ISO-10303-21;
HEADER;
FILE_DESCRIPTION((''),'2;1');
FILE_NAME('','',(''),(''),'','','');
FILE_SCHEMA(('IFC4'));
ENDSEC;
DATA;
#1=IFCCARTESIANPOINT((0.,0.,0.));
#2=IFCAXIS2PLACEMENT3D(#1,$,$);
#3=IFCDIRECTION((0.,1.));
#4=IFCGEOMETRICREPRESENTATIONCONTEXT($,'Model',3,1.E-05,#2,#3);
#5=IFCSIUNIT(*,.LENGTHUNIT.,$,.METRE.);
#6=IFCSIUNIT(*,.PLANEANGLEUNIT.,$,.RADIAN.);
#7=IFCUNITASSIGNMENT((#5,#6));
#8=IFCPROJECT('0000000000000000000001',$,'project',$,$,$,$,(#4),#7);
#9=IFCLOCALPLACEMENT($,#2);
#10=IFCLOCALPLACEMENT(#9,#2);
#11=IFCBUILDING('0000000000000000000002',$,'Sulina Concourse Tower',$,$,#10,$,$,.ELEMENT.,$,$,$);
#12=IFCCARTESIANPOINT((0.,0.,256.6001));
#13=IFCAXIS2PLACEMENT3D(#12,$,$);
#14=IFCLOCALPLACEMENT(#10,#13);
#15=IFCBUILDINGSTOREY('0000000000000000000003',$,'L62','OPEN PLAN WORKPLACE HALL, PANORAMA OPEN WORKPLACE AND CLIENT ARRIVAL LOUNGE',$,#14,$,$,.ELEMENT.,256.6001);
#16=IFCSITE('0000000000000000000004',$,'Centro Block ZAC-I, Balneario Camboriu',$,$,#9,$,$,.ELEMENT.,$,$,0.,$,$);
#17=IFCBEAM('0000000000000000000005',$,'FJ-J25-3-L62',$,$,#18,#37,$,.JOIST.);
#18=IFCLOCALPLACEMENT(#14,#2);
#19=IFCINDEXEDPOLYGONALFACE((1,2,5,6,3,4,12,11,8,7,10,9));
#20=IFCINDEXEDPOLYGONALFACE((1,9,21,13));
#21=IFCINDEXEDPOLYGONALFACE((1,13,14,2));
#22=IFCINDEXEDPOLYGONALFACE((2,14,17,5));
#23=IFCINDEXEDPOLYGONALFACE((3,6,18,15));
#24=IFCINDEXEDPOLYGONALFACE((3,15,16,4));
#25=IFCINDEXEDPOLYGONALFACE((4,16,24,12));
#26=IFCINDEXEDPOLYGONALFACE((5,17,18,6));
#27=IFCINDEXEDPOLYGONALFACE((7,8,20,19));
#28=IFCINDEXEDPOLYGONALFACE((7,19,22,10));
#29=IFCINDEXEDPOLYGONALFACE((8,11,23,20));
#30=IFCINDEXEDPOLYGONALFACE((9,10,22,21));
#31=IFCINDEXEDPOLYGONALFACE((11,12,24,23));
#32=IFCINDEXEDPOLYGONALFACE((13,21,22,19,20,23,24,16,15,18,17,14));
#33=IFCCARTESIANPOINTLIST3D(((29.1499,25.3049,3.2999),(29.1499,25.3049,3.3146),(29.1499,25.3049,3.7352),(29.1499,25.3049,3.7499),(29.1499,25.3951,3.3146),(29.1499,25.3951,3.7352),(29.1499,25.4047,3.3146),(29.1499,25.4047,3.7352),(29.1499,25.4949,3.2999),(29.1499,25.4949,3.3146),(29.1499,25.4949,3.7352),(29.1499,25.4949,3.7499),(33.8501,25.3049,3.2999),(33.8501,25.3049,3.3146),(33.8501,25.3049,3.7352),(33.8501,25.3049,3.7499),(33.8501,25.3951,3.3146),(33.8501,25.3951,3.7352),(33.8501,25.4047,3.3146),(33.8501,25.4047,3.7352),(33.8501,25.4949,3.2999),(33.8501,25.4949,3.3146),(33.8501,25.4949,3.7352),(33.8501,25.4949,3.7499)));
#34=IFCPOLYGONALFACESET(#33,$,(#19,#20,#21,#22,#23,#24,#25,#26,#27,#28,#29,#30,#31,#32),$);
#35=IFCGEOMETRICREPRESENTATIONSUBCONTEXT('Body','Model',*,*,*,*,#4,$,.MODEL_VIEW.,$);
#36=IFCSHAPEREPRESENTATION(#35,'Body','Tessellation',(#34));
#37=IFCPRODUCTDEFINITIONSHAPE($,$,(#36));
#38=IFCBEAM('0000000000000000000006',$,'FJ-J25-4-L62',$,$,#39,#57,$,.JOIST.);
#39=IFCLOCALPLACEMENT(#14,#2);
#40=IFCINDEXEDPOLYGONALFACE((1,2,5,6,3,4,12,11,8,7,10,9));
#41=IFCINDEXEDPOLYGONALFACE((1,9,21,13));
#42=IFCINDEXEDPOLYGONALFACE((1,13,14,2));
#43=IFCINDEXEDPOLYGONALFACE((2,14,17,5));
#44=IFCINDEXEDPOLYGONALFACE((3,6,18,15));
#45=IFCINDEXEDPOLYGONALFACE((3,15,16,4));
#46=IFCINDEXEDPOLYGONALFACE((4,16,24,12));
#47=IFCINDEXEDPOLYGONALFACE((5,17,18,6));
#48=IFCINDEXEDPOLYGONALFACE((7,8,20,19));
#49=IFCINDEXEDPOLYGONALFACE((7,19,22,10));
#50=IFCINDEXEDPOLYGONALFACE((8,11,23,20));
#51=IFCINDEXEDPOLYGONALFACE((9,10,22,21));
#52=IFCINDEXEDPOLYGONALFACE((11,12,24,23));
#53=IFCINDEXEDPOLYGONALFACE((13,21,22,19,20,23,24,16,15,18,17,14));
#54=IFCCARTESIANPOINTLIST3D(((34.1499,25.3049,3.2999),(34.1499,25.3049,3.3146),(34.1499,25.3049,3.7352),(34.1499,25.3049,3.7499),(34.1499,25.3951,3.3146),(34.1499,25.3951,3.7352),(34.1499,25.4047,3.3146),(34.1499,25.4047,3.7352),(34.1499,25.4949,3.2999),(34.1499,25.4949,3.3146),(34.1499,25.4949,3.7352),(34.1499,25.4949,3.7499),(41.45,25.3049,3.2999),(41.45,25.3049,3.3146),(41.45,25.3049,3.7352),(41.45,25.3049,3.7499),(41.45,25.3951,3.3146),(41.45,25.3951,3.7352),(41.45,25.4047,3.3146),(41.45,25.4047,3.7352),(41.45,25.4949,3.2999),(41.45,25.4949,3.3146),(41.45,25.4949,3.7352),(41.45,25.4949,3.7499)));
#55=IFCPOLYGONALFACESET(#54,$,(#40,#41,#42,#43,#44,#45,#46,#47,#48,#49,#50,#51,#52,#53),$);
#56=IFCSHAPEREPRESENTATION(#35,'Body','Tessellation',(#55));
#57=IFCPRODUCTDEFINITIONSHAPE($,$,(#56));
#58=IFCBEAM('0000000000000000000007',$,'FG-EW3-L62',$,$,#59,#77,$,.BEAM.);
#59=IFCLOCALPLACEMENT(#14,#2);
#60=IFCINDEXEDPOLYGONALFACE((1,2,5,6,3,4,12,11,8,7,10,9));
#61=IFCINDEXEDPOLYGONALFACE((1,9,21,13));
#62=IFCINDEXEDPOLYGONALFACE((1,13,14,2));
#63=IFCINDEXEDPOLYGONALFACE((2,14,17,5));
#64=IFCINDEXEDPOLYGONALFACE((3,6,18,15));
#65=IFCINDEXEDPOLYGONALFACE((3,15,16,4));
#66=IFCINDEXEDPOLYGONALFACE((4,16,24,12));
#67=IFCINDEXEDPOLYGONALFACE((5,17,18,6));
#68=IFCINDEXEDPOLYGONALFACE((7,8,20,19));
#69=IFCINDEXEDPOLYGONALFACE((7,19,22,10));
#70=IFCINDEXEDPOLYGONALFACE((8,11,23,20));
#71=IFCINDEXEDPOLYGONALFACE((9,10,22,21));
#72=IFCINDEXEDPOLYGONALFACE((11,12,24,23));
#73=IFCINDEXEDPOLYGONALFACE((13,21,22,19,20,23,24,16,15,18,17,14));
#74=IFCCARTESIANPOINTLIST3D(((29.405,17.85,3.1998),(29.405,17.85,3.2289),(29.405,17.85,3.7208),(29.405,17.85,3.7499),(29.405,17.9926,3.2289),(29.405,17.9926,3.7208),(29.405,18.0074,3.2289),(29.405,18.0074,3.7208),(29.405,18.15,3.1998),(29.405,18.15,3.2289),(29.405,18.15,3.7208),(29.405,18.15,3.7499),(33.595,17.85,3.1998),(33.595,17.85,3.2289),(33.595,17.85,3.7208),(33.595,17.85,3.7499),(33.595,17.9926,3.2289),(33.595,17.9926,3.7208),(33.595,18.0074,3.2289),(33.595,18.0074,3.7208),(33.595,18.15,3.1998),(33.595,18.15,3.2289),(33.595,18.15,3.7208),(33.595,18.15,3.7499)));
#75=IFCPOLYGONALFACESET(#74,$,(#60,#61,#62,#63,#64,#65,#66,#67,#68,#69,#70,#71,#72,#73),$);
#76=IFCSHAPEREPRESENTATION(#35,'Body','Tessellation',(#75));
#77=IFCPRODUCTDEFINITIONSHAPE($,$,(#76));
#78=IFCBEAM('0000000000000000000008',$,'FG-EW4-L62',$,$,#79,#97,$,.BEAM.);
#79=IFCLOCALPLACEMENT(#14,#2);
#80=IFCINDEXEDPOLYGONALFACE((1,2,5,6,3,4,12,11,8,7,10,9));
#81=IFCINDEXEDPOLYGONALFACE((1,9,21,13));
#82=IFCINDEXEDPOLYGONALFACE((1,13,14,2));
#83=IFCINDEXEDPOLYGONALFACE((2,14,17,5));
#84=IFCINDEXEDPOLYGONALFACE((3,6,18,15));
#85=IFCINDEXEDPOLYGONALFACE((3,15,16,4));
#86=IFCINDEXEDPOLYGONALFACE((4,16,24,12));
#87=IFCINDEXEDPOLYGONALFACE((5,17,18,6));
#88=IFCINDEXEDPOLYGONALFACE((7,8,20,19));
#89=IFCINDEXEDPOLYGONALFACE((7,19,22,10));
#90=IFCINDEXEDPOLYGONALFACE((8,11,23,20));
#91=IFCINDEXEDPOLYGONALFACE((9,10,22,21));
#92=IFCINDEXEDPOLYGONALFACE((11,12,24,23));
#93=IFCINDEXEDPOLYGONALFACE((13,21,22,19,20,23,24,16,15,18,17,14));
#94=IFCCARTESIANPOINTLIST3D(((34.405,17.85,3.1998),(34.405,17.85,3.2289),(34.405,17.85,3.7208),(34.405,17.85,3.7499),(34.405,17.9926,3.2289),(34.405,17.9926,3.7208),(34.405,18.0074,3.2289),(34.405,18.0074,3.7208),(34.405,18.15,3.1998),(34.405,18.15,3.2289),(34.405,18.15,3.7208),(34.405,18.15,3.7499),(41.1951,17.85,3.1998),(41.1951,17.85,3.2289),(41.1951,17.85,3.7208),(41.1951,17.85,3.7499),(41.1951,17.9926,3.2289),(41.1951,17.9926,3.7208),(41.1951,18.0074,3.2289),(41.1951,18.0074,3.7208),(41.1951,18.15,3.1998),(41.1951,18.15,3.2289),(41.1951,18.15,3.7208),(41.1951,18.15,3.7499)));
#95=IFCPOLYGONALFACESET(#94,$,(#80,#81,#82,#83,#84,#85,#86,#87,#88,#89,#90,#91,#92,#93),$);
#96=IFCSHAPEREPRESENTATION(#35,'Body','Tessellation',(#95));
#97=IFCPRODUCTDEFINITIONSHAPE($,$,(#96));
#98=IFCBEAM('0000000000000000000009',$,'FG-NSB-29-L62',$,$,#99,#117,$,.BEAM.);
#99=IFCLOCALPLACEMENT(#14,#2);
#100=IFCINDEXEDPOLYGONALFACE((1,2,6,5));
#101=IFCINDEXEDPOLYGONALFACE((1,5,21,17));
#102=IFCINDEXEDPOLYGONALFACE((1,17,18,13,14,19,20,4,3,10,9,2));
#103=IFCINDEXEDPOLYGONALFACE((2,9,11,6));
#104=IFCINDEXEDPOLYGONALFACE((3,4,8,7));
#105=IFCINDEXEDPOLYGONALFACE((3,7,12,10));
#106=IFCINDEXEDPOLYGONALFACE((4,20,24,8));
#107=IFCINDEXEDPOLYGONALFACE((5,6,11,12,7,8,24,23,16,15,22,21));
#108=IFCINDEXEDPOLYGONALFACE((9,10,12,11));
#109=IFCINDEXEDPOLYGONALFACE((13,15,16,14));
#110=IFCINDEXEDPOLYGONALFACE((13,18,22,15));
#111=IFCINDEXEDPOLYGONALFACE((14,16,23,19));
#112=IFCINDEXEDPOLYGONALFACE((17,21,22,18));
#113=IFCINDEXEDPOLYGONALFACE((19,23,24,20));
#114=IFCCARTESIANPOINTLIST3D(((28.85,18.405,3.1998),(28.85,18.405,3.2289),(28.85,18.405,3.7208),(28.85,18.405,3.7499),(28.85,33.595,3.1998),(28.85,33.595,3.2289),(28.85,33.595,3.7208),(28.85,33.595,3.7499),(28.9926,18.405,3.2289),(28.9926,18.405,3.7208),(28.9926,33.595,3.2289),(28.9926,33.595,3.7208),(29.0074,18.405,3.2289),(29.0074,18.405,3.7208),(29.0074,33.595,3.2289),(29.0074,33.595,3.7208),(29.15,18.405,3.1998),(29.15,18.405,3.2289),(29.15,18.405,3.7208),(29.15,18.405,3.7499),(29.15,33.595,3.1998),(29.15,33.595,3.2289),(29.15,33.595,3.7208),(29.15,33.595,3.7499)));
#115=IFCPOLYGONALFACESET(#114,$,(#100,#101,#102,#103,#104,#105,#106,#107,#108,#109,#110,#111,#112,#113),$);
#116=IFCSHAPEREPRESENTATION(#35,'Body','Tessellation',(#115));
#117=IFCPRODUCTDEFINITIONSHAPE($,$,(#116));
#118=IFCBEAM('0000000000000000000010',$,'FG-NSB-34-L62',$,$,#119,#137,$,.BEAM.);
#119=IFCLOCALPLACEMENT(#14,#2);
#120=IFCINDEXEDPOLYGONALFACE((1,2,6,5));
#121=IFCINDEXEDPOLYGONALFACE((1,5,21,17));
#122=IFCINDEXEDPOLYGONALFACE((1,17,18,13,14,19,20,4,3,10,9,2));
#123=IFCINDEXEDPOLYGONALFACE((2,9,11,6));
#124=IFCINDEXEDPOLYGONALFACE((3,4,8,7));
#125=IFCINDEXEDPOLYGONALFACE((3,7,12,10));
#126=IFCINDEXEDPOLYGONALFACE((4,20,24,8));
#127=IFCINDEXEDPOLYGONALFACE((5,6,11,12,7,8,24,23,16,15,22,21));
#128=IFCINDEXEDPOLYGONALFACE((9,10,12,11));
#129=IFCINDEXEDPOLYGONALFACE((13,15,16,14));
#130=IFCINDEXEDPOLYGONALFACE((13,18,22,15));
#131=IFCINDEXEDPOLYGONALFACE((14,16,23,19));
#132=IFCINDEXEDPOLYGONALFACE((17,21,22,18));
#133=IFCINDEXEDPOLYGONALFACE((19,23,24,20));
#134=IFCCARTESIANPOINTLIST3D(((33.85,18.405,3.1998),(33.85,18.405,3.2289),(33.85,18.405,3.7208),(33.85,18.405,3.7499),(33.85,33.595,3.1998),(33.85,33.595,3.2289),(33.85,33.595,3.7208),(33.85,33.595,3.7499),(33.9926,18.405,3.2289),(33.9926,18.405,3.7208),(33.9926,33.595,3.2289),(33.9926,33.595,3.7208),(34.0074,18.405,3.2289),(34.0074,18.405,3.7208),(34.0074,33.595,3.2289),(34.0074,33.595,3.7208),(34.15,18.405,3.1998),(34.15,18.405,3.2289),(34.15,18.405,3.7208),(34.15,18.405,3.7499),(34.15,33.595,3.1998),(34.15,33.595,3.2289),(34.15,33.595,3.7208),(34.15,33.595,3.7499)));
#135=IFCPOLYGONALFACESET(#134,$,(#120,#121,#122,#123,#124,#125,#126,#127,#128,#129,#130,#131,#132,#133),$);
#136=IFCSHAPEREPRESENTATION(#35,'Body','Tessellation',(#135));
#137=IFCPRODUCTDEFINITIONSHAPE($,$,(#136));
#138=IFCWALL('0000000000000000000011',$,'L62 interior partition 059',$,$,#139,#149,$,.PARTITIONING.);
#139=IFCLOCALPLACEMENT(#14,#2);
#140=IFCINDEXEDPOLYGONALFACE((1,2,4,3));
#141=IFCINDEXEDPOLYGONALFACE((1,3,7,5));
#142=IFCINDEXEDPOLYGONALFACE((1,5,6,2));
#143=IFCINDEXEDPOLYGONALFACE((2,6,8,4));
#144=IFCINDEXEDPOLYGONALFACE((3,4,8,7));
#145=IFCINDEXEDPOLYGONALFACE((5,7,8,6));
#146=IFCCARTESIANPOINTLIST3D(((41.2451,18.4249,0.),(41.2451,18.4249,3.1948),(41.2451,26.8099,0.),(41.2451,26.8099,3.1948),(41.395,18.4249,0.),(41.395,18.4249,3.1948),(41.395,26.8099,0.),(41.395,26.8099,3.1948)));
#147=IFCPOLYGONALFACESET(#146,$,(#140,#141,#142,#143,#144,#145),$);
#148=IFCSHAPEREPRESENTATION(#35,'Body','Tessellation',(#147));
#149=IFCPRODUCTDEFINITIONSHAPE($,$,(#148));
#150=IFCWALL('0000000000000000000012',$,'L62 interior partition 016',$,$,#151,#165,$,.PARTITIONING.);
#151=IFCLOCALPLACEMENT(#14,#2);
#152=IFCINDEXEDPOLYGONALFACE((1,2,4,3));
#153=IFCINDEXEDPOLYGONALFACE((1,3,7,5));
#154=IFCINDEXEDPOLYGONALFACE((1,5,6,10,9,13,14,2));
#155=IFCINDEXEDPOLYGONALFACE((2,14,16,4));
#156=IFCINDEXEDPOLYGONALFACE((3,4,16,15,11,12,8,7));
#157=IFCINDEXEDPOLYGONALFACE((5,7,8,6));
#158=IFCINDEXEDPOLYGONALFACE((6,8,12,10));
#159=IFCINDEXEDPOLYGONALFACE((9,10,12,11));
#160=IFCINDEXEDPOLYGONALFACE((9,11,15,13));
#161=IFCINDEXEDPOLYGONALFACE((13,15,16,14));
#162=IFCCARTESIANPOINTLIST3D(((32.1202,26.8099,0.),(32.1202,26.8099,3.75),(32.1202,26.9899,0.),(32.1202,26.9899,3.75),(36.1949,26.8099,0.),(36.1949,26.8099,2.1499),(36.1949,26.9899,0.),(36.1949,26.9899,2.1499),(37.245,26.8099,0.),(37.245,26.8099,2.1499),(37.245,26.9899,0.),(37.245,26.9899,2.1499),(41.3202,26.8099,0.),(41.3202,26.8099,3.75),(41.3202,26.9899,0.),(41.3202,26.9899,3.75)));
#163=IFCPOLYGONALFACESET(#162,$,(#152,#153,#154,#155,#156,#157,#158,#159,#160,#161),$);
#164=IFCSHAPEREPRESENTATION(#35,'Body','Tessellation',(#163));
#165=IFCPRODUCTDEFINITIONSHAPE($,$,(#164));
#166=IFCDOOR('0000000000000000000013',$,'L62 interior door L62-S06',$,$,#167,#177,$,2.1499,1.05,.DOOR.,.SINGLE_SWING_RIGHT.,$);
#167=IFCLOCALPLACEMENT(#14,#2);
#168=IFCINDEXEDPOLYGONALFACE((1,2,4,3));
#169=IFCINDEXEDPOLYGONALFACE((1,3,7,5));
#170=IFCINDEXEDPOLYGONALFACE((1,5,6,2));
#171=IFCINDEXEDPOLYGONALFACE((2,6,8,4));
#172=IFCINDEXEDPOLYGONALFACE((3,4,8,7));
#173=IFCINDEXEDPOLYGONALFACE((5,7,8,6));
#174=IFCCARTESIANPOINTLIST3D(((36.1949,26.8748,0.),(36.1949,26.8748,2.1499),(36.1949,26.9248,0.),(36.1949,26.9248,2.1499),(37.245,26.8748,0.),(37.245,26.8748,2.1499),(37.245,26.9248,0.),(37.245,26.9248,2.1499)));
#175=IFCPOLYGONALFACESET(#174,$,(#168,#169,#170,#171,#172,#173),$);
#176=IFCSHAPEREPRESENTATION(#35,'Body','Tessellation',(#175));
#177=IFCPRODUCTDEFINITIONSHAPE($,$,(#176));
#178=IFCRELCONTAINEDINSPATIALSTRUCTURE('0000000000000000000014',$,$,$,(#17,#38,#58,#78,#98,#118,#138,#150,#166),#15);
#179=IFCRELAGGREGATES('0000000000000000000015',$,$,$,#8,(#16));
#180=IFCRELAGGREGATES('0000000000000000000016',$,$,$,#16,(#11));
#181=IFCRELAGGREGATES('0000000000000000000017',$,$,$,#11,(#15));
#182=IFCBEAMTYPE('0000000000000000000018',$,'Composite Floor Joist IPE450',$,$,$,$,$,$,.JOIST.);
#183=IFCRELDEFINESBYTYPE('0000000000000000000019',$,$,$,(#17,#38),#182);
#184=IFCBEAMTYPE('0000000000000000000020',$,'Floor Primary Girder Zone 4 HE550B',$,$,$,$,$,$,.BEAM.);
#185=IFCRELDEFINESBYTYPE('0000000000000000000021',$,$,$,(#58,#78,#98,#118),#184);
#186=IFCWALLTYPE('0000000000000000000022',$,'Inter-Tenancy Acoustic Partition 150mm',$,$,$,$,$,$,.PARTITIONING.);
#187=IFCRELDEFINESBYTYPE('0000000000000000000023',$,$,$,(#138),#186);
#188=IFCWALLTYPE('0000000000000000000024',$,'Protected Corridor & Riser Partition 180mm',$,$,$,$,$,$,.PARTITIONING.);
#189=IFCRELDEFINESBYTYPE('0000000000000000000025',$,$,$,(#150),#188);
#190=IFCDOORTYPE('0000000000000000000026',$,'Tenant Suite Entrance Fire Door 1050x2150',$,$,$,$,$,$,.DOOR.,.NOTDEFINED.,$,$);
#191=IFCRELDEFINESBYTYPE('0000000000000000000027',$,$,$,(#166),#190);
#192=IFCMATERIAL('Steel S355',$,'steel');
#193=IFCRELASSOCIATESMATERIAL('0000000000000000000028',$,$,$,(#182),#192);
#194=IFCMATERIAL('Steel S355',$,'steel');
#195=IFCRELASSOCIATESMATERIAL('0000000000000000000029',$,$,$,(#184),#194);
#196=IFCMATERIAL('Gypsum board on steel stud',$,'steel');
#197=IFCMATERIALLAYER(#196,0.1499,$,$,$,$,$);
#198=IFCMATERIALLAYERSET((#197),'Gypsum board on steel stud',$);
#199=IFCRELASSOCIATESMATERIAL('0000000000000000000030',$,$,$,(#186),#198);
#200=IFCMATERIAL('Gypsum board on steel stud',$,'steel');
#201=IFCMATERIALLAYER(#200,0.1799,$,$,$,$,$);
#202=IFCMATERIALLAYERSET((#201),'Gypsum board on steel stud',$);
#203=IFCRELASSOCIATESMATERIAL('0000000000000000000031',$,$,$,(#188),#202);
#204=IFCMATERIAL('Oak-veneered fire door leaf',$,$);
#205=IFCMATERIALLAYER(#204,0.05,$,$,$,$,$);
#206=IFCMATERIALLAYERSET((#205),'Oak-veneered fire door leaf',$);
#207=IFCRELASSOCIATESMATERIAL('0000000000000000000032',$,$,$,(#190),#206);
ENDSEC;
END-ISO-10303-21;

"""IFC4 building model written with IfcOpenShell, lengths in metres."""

from ifc_helpers import new_model, si_unit, direction, frame, frame_2d, origin, origin_2d, place, context, subcontext, project, spatial, rectangle, i_section, extrude, material, layer, layer_set, material_profile, profile_set, type_object, element, fill, save


model = new_model("IFC4")

# Units and contexts
model_context = context("Model", 3, precision=1e-05, world=origin(), true_north=direction((0.0, 1.0)))
body_context = subcontext(model_context, "Body", "Model", "MODEL_VIEW")
ifc_project = project(units=[si_unit("LENGTHUNIT", "METRE"), si_unit("PLANEANGLEUNIT", "RADIAN")], contexts=[model_context])

# Site, building, storey
site_placement = place(None, origin())
site = spatial("IfcSite", under=ifc_project, at=site_placement, Name="Centro Block ZAC-I, Balneario Camboriu", CompositionType="ELEMENT", RefElevation=0.0)
building_placement = place(site_placement, origin())
building = spatial("IfcBuilding", under=site, at=building_placement, Name="Sulina Concourse Tower", CompositionType="ELEMENT")
storey_placement = place(building_placement, frame((0.0, 0.0, 256.6001)))
storey = spatial("IfcBuildingStorey", under=building, at=storey_placement, Name="L62", Description="OPEN PLAN WORKPLACE HALL, PANORAMA OPEN WORKPLACE AND CLIENT ARRIVAL LOUNGE", CompositionType="ELEMENT", Elevation=256.6001)

# Beams
ifc_material_1 = material(Name="Steel S355", Category="steel")
ifc_material_profile_1 = material_profile(ifc_material_1, i_section(OverallWidth=0.1899, OverallDepth=0.45, WebThickness=0.0095, FlangeThickness=0.0146, at=origin_2d()), Name="IPE 450")
ifc_profile_set_1 = profile_set([ifc_material_profile_1], Name="Steel S355")
beam_type_1 = type_object("IfcBeamType", Name="Composite Floor Joist IPE450", PredefinedType="JOIST", material=ifc_profile_set_1)
beam_1_placement = place(storey_placement, frame((29.1499, 25.3999, 3.5249), z_axis=(1.0, 0.0, 0.0), x_axis=(0.0, 1.0, 0.0)))
element("IfcBeam", 1, at=beam_1_placement, inside=storey, type_object=beam_type_1, Name="FJ-J25-3-L62", PredefinedType="JOIST", context=body_context, shape_type="SweptSolid", body=[
    extrude(i_section(OverallWidth=0.1899, OverallDepth=0.45, WebThickness=0.0095, FlangeThickness=0.0146, at=origin_2d()), origin(), (0.0, 0.0, 1.0), 4.7002),
])
beam_2_placement = place(storey_placement, frame((34.1499, 25.3999, 3.5249), z_axis=(1.0, 0.0, 0.0), x_axis=(0.0, 1.0, 0.0)))
element("IfcBeam", 2, at=beam_2_placement, inside=storey, type_object=beam_type_1, Name="FJ-J25-4-L62", PredefinedType="JOIST", context=body_context, shape_type="SweptSolid", body=[
    extrude(i_section(OverallWidth=0.1899, OverallDepth=0.45, WebThickness=0.0095, FlangeThickness=0.0146, at=origin_2d()), origin(), (0.0, 0.0, 1.0), 7.3),
])
ifc_material_2 = material(Name="Steel S355", Category="steel")
ifc_material_profile_2 = material_profile(ifc_material_2, i_section(OverallWidth=0.3, OverallDepth=0.55, WebThickness=0.0149, FlangeThickness=0.0291, at=origin_2d()), Name="HE 550 B")
ifc_profile_set_2 = profile_set([ifc_material_profile_2], Name="Steel S355")
beam_type_2 = type_object("IfcBeamType", Name="Floor Primary Girder Zone 4 HE550B", PredefinedType="BEAM", material=ifc_profile_set_2)
beam_3_placement = place(storey_placement, frame((29.405, 18.0, 3.4749), z_axis=(1.0, 0.0, 0.0), x_axis=(0.0, 1.0, 0.0)))
element("IfcBeam", 3, at=beam_3_placement, inside=storey, type_object=beam_type_2, Name="FG-EW3-L62", PredefinedType="BEAM", context=body_context, shape_type="SweptSolid", body=[
    extrude(i_section(OverallWidth=0.3, OverallDepth=0.55, WebThickness=0.0149, FlangeThickness=0.0291, at=origin_2d()), origin(), (0.0, 0.0, 1.0), 4.1899),
])
beam_4_placement = place(storey_placement, frame((34.405, 18.0, 3.4749), z_axis=(1.0, 0.0, 0.0), x_axis=(0.0, 1.0, 0.0)))
element("IfcBeam", 4, at=beam_4_placement, inside=storey, type_object=beam_type_2, Name="FG-EW4-L62", PredefinedType="BEAM", context=body_context, shape_type="SweptSolid", body=[
    extrude(i_section(OverallWidth=0.3, OverallDepth=0.55, WebThickness=0.0149, FlangeThickness=0.0291, at=origin_2d()), origin(), (0.0, 0.0, 1.0), 6.79),
])
for number, where, z_axis, x_axis, name in (
    (5, (29.0, 18.405, 3.4749), (0.0, 1.0, 0.0), (-1.0, 0.0, 0.0), "FG-NSB-29-L62"),
    (6, (34.0, 18.405, 3.4749), (0.0, 1.0, 0.0), (-1.0, 0.0, 0.0), "FG-NSB-34-L62"),
):
    element("IfcBeam", number, at=place(storey_placement, frame(where, z_axis=z_axis, x_axis=x_axis)), inside=storey, type_object=beam_type_2, Name=name, PredefinedType="BEAM", context=body_context, shape_type="SweptSolid", body=[
        extrude(i_section(OverallWidth=0.3, OverallDepth=0.55, WebThickness=0.0149, FlangeThickness=0.0291, at=origin_2d()), origin(), (0.0, 0.0, 1.0), 15.1899),
    ])

# Wall
ifc_material_3 = material(Name="Gypsum board on steel stud", Category="steel")
ifc_layer_1 = layer(ifc_material_3, 0.1499)
ifc_layer_set_1 = layer_set([ifc_layer_1], Name="Gypsum board on steel stud")
wall_type_1 = type_object("IfcWallType", Name="Inter-Tenancy Acoustic Partition 150mm", PredefinedType="PARTITIONING", material=ifc_layer_set_1)
wall_1_placement = place(storey_placement, frame((41.3201, 18.425, 0.0), z_axis=(0.0, 0.0, 1.0), x_axis=(0.0, 1.0, 0.0)))
element("IfcWall", 7, at=wall_1_placement, inside=storey, type_object=wall_type_1, Name="L62 interior partition 059", PredefinedType="PARTITIONING", context=body_context, shape_type="SweptSolid", body=[
    extrude(rectangle(XDim=8.385, YDim=0.1499, at=frame_2d((4.1924, 0.0))), origin(), (0.0, 0.0, 1.0), 3.1948),
])

# Wall, opening, door
ifc_material_4 = material(Name="Gypsum board on steel stud", Category="steel")
ifc_layer_2 = layer(ifc_material_4, 0.1799)
ifc_layer_set_2 = layer_set([ifc_layer_2], Name="Gypsum board on steel stud")
wall_type_2 = type_object("IfcWallType", Name="Protected Corridor & Riser Partition 180mm", PredefinedType="PARTITIONING", material=ifc_layer_set_2)
wall_2_placement = place(storey_placement, frame((32.1201, 26.8999, 0.0), z_axis=(0.0, 0.0, 1.0), x_axis=(1.0, 0.0, 0.0)))
wall_2 = element("IfcWall", 8, at=wall_2_placement, inside=storey, type_object=wall_type_2, Name="L62 interior partition 016", PredefinedType="PARTITIONING", context=body_context, shape_type="SweptSolid", body=[
    extrude(rectangle(XDim=9.2, YDim=0.1799, at=frame_2d((4.6001, 0.0))), origin(), (0.0, 0.0, 1.0), 3.75),
])
opening_1_placement = place(wall_2_placement, frame((4.075, 0.0, 0.0)))
opening_1 = element("IfcOpeningElement", 9, at=opening_1_placement, cuts=wall_2, PredefinedType="OPENING", context=body_context, shape_type="SweptSolid", body=[
    extrude(rectangle(XDim=1.05, YDim=2.1499, at=frame_2d((0.5249, 1.075))), frame((0.0, 0.0999, 0.0), z_axis=(0.0, -1.0, 0.0), x_axis=(1.0, 0.0, 0.0)), (0.0, 0.0, 1.0), 0.2),
])
ifc_material_5 = material(Name="Oak-veneered fire door leaf")
ifc_layer_3 = layer(ifc_material_5, 0.05)
ifc_layer_set_3 = layer_set([ifc_layer_3], Name="Oak-veneered fire door leaf")
door_type_1 = type_object("IfcDoorType", Name="Tenant Suite Entrance Fire Door 1050x2150", OperationType="NOTDEFINED", PredefinedType="DOOR", material=ifc_layer_set_3)
door_1_placement = place(opening_1_placement, origin())
door_1 = element("IfcDoor", 10, at=door_1_placement, inside=storey, type_object=door_type_1, Name="L62 interior door L62-S06", OperationType="SINGLE_SWING_RIGHT", OverallHeight=2.1499, OverallWidth=1.05, PredefinedType="DOOR", context=body_context, shape_type="SweptSolid", body=[
    extrude(rectangle(XDim=1.05, YDim=2.1499, at=frame_2d((0.5249, 1.075))), frame((0.0, 0.0249, 0.0), z_axis=(0.0, -1.0, 0.0), x_axis=(1.0, 0.0, 0.0)), (0.0, 0.0, 1.0), 0.05),
])
fill(opening_1, door_1)

save(model, "model.ifc")
